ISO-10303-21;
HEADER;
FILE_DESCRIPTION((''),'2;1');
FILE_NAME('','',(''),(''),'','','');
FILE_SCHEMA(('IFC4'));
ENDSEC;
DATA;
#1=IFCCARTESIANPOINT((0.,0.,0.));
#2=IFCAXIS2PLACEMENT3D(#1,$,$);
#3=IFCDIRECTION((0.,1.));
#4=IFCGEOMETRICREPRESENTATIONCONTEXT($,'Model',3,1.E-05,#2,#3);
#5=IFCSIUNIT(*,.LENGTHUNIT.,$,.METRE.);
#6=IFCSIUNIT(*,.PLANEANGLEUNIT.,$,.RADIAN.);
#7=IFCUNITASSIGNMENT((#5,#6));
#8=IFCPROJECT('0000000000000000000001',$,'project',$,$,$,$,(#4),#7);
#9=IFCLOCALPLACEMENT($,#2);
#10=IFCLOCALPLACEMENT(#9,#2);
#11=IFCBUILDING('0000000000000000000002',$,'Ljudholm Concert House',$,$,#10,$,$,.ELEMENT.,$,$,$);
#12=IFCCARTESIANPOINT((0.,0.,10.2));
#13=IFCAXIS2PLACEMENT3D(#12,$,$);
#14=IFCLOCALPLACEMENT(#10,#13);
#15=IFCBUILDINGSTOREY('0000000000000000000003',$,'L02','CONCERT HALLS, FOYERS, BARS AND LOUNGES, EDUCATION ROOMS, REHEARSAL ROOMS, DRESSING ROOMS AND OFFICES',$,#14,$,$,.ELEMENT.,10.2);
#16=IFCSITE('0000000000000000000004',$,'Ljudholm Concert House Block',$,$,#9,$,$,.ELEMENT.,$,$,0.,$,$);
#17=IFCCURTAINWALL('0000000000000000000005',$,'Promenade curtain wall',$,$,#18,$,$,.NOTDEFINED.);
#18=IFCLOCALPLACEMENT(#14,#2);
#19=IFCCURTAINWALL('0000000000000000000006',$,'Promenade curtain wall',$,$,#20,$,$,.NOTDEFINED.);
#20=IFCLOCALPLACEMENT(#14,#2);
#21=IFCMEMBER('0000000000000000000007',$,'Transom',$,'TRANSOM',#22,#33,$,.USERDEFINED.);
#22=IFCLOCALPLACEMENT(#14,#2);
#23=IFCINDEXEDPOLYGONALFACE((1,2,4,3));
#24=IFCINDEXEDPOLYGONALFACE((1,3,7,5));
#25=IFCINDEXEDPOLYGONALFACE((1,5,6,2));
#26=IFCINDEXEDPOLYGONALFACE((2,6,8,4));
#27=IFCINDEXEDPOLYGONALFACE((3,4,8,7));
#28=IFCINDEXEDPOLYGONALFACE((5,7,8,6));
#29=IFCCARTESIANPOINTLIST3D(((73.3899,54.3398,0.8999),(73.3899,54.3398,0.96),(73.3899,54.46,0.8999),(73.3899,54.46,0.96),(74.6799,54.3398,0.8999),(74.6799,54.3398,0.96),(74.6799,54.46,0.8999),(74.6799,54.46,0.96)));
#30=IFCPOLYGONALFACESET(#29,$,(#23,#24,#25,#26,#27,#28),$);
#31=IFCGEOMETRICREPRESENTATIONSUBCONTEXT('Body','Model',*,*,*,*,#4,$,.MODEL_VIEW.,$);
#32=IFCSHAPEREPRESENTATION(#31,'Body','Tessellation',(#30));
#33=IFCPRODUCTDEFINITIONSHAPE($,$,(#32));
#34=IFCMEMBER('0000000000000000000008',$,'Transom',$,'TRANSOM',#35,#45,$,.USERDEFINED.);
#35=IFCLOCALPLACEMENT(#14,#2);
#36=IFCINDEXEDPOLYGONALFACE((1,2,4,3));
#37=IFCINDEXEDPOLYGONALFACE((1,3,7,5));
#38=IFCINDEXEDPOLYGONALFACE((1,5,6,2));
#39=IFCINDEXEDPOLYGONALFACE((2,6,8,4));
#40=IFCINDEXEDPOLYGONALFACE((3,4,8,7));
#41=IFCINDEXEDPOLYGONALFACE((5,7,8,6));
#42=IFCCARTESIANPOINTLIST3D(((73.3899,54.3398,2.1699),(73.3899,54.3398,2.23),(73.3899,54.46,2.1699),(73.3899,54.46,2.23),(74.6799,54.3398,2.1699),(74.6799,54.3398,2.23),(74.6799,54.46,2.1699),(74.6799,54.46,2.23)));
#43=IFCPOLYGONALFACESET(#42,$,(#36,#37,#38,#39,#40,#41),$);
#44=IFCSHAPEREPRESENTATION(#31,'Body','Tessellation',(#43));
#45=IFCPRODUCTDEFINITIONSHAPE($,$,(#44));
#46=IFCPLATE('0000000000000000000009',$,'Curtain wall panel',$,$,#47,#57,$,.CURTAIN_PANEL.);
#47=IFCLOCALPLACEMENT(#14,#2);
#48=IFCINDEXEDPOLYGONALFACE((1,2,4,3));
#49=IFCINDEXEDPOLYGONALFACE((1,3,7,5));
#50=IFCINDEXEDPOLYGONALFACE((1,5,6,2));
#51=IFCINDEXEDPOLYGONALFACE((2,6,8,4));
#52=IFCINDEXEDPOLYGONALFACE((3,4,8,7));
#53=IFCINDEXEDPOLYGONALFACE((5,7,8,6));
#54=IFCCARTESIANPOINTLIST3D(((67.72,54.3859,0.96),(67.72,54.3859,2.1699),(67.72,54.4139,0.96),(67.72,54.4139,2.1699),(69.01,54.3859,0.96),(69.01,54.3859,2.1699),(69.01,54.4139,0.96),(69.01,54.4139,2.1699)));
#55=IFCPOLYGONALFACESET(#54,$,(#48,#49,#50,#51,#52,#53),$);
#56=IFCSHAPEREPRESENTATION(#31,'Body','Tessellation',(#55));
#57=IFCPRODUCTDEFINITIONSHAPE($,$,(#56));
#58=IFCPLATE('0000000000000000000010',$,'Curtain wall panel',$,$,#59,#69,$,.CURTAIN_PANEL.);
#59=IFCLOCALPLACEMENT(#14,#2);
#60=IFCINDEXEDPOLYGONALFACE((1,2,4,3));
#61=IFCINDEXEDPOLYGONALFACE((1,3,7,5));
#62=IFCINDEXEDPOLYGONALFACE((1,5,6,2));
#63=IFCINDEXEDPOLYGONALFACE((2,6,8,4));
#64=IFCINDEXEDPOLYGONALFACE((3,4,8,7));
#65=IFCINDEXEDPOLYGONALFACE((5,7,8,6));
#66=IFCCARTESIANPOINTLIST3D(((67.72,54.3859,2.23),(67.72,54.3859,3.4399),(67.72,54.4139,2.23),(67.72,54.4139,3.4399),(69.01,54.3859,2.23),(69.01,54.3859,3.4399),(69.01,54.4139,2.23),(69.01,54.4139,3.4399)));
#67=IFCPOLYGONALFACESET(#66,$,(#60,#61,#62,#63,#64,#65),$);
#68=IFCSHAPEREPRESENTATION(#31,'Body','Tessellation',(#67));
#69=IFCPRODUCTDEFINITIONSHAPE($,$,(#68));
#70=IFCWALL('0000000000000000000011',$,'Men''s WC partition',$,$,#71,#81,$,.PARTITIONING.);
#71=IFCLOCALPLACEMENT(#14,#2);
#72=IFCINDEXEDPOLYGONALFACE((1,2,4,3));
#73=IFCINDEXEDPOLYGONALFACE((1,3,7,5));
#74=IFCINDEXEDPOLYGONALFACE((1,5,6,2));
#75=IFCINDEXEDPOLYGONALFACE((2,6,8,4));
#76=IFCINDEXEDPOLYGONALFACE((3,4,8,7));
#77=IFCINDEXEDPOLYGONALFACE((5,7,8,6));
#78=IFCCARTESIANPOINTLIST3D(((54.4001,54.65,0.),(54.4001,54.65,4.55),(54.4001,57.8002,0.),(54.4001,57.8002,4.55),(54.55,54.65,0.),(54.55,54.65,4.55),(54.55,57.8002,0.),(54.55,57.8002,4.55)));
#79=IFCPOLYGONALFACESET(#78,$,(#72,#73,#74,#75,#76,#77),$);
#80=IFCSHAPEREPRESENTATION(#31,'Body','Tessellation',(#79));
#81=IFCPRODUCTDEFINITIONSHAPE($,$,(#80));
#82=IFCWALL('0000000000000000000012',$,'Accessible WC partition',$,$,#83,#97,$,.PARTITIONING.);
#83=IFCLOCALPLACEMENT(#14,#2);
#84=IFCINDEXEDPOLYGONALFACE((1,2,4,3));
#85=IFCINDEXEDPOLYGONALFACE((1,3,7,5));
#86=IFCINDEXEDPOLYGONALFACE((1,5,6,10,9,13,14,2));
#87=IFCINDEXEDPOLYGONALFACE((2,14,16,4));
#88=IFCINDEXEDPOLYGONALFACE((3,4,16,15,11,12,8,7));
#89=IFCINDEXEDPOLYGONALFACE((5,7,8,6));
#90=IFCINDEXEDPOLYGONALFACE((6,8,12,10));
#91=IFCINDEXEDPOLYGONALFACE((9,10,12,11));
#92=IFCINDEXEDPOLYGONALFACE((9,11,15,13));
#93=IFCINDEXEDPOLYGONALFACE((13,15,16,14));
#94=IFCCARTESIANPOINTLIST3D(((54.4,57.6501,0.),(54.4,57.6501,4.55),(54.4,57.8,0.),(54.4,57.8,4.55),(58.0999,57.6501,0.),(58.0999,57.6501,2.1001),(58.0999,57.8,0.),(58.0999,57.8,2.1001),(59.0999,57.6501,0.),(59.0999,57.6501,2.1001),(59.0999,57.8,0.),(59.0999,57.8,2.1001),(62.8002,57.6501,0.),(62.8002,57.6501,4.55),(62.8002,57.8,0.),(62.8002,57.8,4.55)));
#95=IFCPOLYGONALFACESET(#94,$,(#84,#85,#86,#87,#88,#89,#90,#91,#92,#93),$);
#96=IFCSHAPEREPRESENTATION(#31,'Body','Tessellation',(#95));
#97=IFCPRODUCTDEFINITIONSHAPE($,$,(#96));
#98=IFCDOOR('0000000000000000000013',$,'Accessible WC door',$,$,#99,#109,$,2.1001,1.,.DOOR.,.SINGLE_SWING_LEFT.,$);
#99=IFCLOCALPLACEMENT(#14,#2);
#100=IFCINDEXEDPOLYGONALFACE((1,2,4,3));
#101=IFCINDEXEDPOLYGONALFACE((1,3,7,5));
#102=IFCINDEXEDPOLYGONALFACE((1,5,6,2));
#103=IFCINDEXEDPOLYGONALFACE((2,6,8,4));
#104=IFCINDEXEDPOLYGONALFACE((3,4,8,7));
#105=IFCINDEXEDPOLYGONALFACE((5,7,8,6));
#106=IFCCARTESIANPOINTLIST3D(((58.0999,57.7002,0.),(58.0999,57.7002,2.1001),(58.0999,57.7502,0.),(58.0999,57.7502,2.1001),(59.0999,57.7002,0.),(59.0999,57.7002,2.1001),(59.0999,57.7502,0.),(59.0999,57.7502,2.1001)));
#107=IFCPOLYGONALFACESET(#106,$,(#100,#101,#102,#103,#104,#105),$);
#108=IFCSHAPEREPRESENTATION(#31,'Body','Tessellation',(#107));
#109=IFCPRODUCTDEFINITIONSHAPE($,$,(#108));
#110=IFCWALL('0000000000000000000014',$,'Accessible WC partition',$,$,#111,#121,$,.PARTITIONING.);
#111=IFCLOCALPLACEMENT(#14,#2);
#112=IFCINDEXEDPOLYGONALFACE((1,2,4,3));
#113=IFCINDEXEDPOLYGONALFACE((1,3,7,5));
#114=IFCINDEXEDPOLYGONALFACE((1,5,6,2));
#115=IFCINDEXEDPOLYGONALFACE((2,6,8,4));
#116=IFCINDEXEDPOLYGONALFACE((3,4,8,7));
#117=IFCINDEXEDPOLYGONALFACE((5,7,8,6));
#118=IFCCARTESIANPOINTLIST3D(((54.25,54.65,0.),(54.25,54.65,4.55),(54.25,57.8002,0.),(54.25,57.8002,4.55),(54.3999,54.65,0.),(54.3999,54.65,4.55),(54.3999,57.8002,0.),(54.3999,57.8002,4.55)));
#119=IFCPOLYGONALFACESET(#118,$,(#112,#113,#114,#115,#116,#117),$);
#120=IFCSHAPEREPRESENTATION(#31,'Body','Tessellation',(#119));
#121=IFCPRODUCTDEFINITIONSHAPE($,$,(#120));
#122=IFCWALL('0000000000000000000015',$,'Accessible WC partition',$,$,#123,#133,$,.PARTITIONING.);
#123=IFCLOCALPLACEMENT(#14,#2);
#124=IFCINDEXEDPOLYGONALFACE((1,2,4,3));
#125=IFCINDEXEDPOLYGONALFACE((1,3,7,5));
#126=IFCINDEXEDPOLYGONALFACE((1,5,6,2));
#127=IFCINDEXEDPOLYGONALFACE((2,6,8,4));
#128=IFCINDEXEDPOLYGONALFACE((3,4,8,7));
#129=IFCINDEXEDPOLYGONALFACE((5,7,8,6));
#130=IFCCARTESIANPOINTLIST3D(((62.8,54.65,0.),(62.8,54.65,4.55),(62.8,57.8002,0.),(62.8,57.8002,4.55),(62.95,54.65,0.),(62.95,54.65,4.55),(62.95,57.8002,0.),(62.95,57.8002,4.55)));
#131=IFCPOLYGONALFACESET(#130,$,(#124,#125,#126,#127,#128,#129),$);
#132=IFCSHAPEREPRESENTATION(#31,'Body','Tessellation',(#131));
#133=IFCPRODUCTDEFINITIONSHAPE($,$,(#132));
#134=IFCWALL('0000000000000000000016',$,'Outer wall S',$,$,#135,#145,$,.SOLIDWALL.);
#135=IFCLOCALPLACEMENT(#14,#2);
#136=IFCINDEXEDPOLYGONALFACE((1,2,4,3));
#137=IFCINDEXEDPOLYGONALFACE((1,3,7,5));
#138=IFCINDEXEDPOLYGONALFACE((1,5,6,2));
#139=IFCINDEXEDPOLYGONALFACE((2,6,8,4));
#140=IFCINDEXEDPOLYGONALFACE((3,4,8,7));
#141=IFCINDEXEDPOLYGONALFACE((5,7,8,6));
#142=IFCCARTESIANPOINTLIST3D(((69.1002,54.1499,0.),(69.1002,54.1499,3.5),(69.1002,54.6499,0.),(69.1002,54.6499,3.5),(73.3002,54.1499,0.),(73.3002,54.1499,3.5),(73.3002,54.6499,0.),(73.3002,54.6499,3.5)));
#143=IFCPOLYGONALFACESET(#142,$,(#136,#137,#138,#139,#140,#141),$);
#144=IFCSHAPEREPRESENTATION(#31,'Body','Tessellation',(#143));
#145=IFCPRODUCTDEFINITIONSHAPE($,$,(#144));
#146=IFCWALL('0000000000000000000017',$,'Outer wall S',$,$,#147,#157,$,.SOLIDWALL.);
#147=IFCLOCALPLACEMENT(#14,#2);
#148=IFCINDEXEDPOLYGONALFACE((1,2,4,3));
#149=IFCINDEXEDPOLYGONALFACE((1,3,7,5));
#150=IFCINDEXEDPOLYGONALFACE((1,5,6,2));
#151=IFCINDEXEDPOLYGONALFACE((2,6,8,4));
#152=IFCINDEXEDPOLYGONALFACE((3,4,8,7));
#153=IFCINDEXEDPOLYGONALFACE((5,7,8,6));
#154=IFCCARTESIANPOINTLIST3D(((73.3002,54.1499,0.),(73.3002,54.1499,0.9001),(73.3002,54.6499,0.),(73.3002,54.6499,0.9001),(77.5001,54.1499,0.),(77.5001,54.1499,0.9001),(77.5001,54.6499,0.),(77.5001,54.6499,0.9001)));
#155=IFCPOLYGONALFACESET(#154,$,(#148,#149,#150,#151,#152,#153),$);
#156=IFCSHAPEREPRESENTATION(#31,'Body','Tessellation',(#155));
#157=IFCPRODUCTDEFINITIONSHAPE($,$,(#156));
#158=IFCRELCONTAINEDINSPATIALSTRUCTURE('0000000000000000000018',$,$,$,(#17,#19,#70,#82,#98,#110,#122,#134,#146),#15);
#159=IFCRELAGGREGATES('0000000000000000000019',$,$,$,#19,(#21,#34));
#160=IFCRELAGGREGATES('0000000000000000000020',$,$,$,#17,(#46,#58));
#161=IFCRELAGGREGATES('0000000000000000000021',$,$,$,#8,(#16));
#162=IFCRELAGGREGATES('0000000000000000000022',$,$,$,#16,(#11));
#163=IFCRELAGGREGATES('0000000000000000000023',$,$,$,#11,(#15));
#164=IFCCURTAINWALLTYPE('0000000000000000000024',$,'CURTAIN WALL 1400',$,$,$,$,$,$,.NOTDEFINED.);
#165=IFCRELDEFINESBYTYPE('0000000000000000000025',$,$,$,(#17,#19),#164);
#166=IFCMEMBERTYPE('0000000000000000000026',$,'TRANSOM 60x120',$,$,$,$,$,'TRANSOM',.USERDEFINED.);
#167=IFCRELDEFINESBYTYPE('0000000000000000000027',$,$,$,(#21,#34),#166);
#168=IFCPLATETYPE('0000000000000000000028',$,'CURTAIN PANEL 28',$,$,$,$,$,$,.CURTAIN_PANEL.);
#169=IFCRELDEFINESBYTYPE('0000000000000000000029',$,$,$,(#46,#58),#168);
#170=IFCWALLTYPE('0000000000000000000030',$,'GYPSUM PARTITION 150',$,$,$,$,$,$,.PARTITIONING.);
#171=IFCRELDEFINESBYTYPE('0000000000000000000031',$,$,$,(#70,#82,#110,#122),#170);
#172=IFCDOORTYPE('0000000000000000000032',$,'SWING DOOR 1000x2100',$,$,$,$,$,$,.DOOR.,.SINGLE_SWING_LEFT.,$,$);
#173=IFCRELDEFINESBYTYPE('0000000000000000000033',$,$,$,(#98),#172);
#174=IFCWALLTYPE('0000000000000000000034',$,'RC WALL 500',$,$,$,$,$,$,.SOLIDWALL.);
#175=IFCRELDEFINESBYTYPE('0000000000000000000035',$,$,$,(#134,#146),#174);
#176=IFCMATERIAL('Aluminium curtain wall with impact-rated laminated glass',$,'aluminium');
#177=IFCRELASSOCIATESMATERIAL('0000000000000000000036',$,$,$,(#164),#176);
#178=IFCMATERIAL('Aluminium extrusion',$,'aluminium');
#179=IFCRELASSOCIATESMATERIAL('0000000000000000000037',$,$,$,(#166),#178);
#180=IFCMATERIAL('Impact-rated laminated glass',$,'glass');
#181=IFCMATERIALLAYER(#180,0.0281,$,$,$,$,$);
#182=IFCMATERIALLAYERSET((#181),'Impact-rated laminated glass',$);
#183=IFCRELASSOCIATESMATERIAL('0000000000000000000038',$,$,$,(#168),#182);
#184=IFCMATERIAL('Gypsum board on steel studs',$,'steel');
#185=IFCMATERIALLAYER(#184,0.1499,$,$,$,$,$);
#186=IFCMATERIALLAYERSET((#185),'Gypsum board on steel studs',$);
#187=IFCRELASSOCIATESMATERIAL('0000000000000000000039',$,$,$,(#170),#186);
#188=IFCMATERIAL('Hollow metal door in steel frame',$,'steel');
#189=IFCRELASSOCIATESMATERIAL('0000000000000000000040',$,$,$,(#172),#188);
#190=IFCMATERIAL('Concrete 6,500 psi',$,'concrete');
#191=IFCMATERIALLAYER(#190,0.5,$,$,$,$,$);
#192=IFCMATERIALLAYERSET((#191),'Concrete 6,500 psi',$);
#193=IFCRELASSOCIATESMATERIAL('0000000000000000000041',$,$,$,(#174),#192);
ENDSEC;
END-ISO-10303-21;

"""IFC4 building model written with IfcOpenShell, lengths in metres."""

from ifc_helpers import new_model, si_unit, direction, frame, frame_2d, origin, origin_2d, place, context, subcontext, project, spatial, rectangle, extrude, material, layer, layer_set, material_profile, profile_set, type_object, element, fill, aggregate, save


model = new_model("IFC4")

# Units and contexts
model_context = context("Model", 3, precision=1e-05, world=origin(), true_north=direction((0.0, 1.0)))
body_context = subcontext(model_context, "Body", "Model", "MODEL_VIEW")
ifc_project = project(units=[si_unit("LENGTHUNIT", "METRE"), si_unit("PLANEANGLEUNIT", "RADIAN")], contexts=[model_context])

# Site, building, storey
site_placement = place(None, origin())
site = spatial("IfcSite", under=ifc_project, at=site_placement, Name="Ljudholm Concert House Block", CompositionType="ELEMENT", RefElevation=0.0)
building_placement = place(site_placement, origin())
building = spatial("IfcBuilding", under=site, at=building_placement, Name="Ljudholm Concert House", CompositionType="ELEMENT")
storey_placement = place(building_placement, frame((0.0, 0.0, 10.2)))
storey = spatial("IfcBuildingStorey", under=building, at=storey_placement, Name="L02", Description="CONCERT HALLS, FOYERS, BARS AND LOUNGES, EDUCATION ROOMS, REHEARSAL ROOMS, DRESSING ROOMS AND OFFICES", CompositionType="ELEMENT", Elevation=10.2)

# Curtain wall
ifc_material_1 = material(Name="Aluminium curtain wall with impact-rated laminated glass", Category="aluminium")
curtain_wall_type = type_object("IfcCurtainWallType", Name="CURTAIN WALL 1400", PredefinedType="NOTDEFINED", material=ifc_material_1)
curtain_wall_1_placement = place(storey_placement, origin())
curtain_wall_1 = element("IfcCurtainWall", 1, at=curtain_wall_1_placement, inside=storey, type_object=curtain_wall_type, Name="Promenade curtain wall", PredefinedType="NOTDEFINED")

# Curtain wall
curtain_wall_2_placement = place(storey_placement, origin())
curtain_wall_2 = element("IfcCurtainWall", 2, at=curtain_wall_2_placement, inside=storey, type_object=curtain_wall_type, Name="Promenade curtain wall", PredefinedType="NOTDEFINED")

# Members
ifc_material_2 = material(Name="Aluminium extrusion", Category="aluminium")
ifc_material_profile_1 = material_profile(ifc_material_2, rectangle(XDim=0.1201, YDim=0.0601, at=origin_2d()), Name="TRANSOM 60x120")
ifc_profile_set_1 = profile_set([ifc_material_profile_1], Name="Aluminium extrusion")
member_type_1 = type_object("IfcMemberType", Name="TRANSOM 60x120", ElementType="TRANSOM", PredefinedType="USERDEFINED", material=ifc_profile_set_1)
member_1_placement = place(storey_placement, frame((73.3899, 54.3999, 0.9299), z_axis=(1.0, 0.0, 0.0), x_axis=(0.0, 1.0, 0.0)))
member_1 = element("IfcMember", 3, at=member_1_placement, type_object=member_type_1, Name="Transom", ObjectType="TRANSOM", PredefinedType="USERDEFINED", context=body_context, shape_type="SweptSolid", body=[
    extrude(rectangle(XDim=0.1201, YDim=0.0601, at=origin_2d()), origin(), (0.0, 0.0, 1.0), 1.29),
])
member_2_placement = place(storey_placement, frame((73.3899, 54.3999, 2.2), z_axis=(1.0, 0.0, 0.0), x_axis=(0.0, 1.0, 0.0)))
member_2 = element("IfcMember", 4, at=member_2_placement, type_object=member_type_1, Name="Transom", ObjectType="TRANSOM", PredefinedType="USERDEFINED", context=body_context, shape_type="SweptSolid", body=[
    extrude(rectangle(XDim=0.1201, YDim=0.0601, at=origin_2d()), origin(), (0.0, 0.0, 1.0), 1.29),
])
aggregate(curtain_wall_2, [member_1, member_2])

# Plates
ifc_material_3 = material(Name="Impact-rated laminated glass", Category="glass")
ifc_layer_1 = layer(ifc_material_3, 0.0281)
ifc_layer_set_1 = layer_set([ifc_layer_1], Name="Impact-rated laminated glass")
plate_type = type_object("IfcPlateType", Name="CURTAIN PANEL 28", PredefinedType="CURTAIN_PANEL", material=ifc_layer_set_1)
plate_1_placement = place(storey_placement, frame((68.365, 54.3999, 0.96), z_axis=(0.0, 0.0, 1.0), x_axis=(1.0, 0.0, 0.0)))
plate_1 = element("IfcPlate", 5, at=plate_1_placement, type_object=plate_type, Name="Curtain wall panel", PredefinedType="CURTAIN_PANEL", context=body_context, shape_type="SweptSolid", body=[
    extrude(rectangle(XDim=1.29, YDim=0.0281, at=origin_2d()), origin(), (0.0, 0.0, 1.0), 1.21),
])
plate_2_placement = place(storey_placement, frame((68.365, 54.3999, 2.23), z_axis=(0.0, 0.0, 1.0), x_axis=(1.0, 0.0, 0.0)))
plate_2 = element("IfcPlate", 6, at=plate_2_placement, type_object=plate_type, Name="Curtain wall panel", PredefinedType="CURTAIN_PANEL", context=body_context, shape_type="SweptSolid", body=[
    extrude(rectangle(XDim=1.29, YDim=0.0281, at=origin_2d()), origin(), (0.0, 0.0, 1.0), 1.21),
])
aggregate(curtain_wall_1, [plate_1, plate_2])

# Wall
ifc_material_4 = material(Name="Gypsum board on steel studs", Category="steel")
ifc_layer_2 = layer(ifc_material_4, 0.1499)
ifc_layer_set_2 = layer_set([ifc_layer_2], Name="Gypsum board on steel studs")
wall_type_1 = type_object("IfcWallType", Name="GYPSUM PARTITION 150", PredefinedType="PARTITIONING", material=ifc_layer_set_2)
wall_1_placement = place(storey_placement, frame((54.4751, 54.6499, 0.0), z_axis=(0.0, 0.0, 1.0), x_axis=(0.0, 1.0, 0.0)))
element("IfcWall", 7, at=wall_1_placement, inside=storey, type_object=wall_type_1, Name="Men's WC partition", PredefinedType="PARTITIONING", context=body_context, shape_type="SweptSolid", body=[
    extrude(rectangle(XDim=3.1501, YDim=0.1499, at=frame_2d((1.5752, 0.0))), origin(), (0.0, 0.0, 1.0), 4.55),
])

# Wall, opening, door
wall_2_placement = place(storey_placement, frame((54.3999, 57.7251, 0.0), z_axis=(0.0, 0.0, 1.0), x_axis=(1.0, 0.0, 0.0)))
wall_2 = element("IfcWall", 8, at=wall_2_placement, inside=storey, type_object=wall_type_1, Name="Accessible WC partition", PredefinedType="PARTITIONING", context=body_context, shape_type="SweptSolid", body=[
    extrude(rectangle(XDim=8.4001, YDim=0.1499, at=frame_2d((4.2002, 0.0))), origin(), (0.0, 0.0, 1.0), 4.55),
])
opening_placement = place(wall_2_placement, frame((3.7, 0.0, 0.0)))
opening = element("IfcOpeningElement", 9, at=opening_placement, cuts=wall_2, PredefinedType="OPENING", context=body_context, shape_type="SweptSolid", body=[
    extrude(rectangle(XDim=1.0, YDim=2.1001, at=frame_2d((0.5, 1.05))), frame((0.0, 0.085, 0.0), z_axis=(0.0, -1.0, 0.0), x_axis=(1.0, 0.0, 0.0)), (0.0, 0.0, 1.0), 0.1699),
])
ifc_material_5 = material(Name="Hollow metal door in steel frame", Category="steel")
door_type = type_object("IfcDoorType", Name="SWING DOOR 1000x2100", OperationType="SINGLE_SWING_LEFT", PredefinedType="DOOR", material=ifc_material_5)
door_placement = place(opening_placement, frame((1.0, 0.0, 0.0), z_axis=(0.0, 0.0, 1.0), x_axis=(-1.0, 0.0, 0.0)))
door = element("IfcDoor", 10, at=door_placement, inside=storey, type_object=door_type, Name="Accessible WC door", OperationType="SINGLE_SWING_LEFT", OverallHeight=2.1001, OverallWidth=1.0, PredefinedType="DOOR", context=body_context, shape_type="SweptSolid", body=[
    extrude(rectangle(XDim=1.0, YDim=2.1001, at=frame_2d((0.5, 1.05))), frame((0.0, 0.0249, 0.0), z_axis=(0.0, -1.0, 0.0), x_axis=(1.0, 0.0, 0.0)), (0.0, 0.0, 1.0), 0.05),
])
fill(opening, door)

# Walls
for number, where, z_axis, x_axis, name in (
    (11, (54.325, 54.6499, 0.0), (0.0, 0.0, 1.0), (0.0, 1.0, 0.0), "Accessible WC partition"),
    (12, (62.875, 54.6499, 0.0), (0.0, 0.0, 1.0), (0.0, 1.0, 0.0), "Accessible WC partition"),
):
    element("IfcWall", number, at=place(storey_placement, frame(where, z_axis=z_axis, x_axis=x_axis)), inside=storey, type_object=wall_type_1, Name=name, PredefinedType="PARTITIONING", context=body_context, shape_type="SweptSolid", body=[
        extrude(rectangle(XDim=3.1501, YDim=0.1499, at=frame_2d((1.5752, 0.0))), origin(), (0.0, 0.0, 1.0), 4.55),
    ])
ifc_material_6 = material(Name="Concrete 6,500 psi", Category="concrete")
ifc_layer_3 = layer(ifc_material_6, 0.5)
ifc_layer_set_3 = layer_set([ifc_layer_3], Name="Concrete 6,500 psi")
wall_type_2 = type_object("IfcWallType", Name="RC WALL 500", PredefinedType="SOLIDWALL", material=ifc_layer_set_3)
wall_3_placement = place(storey_placement, frame((69.1001, 54.3999, 0.0), z_axis=(0.0, 0.0, 1.0), x_axis=(1.0, 0.0, 0.0)))
element("IfcWall", 13, at=wall_3_placement, inside=storey, type_object=wall_type_2, Name="Outer wall S", PredefinedType="SOLIDWALL", context=body_context, shape_type="SweptSolid", body=[
    extrude(rectangle(XDim=4.2, YDim=0.5, at=frame_2d((2.1001, 0.0))), origin(), (0.0, 0.0, 1.0), 3.5),
])
wall_4_placement = place(storey_placement, frame((73.3, 54.3999, 0.0), z_axis=(0.0, 0.0, 1.0), x_axis=(1.0, 0.0, 0.0)))
element("IfcWall", 14, at=wall_4_placement, inside=storey, type_object=wall_type_2, Name="Outer wall S", PredefinedType="SOLIDWALL", context=body_context, shape_type="SweptSolid", body=[
    extrude(rectangle(XDim=4.2, YDim=0.5, at=frame_2d((2.1001, 0.0))), origin(), (0.0, 0.0, 1.0), 0.9001),
])

save(model, "model.ifc")
